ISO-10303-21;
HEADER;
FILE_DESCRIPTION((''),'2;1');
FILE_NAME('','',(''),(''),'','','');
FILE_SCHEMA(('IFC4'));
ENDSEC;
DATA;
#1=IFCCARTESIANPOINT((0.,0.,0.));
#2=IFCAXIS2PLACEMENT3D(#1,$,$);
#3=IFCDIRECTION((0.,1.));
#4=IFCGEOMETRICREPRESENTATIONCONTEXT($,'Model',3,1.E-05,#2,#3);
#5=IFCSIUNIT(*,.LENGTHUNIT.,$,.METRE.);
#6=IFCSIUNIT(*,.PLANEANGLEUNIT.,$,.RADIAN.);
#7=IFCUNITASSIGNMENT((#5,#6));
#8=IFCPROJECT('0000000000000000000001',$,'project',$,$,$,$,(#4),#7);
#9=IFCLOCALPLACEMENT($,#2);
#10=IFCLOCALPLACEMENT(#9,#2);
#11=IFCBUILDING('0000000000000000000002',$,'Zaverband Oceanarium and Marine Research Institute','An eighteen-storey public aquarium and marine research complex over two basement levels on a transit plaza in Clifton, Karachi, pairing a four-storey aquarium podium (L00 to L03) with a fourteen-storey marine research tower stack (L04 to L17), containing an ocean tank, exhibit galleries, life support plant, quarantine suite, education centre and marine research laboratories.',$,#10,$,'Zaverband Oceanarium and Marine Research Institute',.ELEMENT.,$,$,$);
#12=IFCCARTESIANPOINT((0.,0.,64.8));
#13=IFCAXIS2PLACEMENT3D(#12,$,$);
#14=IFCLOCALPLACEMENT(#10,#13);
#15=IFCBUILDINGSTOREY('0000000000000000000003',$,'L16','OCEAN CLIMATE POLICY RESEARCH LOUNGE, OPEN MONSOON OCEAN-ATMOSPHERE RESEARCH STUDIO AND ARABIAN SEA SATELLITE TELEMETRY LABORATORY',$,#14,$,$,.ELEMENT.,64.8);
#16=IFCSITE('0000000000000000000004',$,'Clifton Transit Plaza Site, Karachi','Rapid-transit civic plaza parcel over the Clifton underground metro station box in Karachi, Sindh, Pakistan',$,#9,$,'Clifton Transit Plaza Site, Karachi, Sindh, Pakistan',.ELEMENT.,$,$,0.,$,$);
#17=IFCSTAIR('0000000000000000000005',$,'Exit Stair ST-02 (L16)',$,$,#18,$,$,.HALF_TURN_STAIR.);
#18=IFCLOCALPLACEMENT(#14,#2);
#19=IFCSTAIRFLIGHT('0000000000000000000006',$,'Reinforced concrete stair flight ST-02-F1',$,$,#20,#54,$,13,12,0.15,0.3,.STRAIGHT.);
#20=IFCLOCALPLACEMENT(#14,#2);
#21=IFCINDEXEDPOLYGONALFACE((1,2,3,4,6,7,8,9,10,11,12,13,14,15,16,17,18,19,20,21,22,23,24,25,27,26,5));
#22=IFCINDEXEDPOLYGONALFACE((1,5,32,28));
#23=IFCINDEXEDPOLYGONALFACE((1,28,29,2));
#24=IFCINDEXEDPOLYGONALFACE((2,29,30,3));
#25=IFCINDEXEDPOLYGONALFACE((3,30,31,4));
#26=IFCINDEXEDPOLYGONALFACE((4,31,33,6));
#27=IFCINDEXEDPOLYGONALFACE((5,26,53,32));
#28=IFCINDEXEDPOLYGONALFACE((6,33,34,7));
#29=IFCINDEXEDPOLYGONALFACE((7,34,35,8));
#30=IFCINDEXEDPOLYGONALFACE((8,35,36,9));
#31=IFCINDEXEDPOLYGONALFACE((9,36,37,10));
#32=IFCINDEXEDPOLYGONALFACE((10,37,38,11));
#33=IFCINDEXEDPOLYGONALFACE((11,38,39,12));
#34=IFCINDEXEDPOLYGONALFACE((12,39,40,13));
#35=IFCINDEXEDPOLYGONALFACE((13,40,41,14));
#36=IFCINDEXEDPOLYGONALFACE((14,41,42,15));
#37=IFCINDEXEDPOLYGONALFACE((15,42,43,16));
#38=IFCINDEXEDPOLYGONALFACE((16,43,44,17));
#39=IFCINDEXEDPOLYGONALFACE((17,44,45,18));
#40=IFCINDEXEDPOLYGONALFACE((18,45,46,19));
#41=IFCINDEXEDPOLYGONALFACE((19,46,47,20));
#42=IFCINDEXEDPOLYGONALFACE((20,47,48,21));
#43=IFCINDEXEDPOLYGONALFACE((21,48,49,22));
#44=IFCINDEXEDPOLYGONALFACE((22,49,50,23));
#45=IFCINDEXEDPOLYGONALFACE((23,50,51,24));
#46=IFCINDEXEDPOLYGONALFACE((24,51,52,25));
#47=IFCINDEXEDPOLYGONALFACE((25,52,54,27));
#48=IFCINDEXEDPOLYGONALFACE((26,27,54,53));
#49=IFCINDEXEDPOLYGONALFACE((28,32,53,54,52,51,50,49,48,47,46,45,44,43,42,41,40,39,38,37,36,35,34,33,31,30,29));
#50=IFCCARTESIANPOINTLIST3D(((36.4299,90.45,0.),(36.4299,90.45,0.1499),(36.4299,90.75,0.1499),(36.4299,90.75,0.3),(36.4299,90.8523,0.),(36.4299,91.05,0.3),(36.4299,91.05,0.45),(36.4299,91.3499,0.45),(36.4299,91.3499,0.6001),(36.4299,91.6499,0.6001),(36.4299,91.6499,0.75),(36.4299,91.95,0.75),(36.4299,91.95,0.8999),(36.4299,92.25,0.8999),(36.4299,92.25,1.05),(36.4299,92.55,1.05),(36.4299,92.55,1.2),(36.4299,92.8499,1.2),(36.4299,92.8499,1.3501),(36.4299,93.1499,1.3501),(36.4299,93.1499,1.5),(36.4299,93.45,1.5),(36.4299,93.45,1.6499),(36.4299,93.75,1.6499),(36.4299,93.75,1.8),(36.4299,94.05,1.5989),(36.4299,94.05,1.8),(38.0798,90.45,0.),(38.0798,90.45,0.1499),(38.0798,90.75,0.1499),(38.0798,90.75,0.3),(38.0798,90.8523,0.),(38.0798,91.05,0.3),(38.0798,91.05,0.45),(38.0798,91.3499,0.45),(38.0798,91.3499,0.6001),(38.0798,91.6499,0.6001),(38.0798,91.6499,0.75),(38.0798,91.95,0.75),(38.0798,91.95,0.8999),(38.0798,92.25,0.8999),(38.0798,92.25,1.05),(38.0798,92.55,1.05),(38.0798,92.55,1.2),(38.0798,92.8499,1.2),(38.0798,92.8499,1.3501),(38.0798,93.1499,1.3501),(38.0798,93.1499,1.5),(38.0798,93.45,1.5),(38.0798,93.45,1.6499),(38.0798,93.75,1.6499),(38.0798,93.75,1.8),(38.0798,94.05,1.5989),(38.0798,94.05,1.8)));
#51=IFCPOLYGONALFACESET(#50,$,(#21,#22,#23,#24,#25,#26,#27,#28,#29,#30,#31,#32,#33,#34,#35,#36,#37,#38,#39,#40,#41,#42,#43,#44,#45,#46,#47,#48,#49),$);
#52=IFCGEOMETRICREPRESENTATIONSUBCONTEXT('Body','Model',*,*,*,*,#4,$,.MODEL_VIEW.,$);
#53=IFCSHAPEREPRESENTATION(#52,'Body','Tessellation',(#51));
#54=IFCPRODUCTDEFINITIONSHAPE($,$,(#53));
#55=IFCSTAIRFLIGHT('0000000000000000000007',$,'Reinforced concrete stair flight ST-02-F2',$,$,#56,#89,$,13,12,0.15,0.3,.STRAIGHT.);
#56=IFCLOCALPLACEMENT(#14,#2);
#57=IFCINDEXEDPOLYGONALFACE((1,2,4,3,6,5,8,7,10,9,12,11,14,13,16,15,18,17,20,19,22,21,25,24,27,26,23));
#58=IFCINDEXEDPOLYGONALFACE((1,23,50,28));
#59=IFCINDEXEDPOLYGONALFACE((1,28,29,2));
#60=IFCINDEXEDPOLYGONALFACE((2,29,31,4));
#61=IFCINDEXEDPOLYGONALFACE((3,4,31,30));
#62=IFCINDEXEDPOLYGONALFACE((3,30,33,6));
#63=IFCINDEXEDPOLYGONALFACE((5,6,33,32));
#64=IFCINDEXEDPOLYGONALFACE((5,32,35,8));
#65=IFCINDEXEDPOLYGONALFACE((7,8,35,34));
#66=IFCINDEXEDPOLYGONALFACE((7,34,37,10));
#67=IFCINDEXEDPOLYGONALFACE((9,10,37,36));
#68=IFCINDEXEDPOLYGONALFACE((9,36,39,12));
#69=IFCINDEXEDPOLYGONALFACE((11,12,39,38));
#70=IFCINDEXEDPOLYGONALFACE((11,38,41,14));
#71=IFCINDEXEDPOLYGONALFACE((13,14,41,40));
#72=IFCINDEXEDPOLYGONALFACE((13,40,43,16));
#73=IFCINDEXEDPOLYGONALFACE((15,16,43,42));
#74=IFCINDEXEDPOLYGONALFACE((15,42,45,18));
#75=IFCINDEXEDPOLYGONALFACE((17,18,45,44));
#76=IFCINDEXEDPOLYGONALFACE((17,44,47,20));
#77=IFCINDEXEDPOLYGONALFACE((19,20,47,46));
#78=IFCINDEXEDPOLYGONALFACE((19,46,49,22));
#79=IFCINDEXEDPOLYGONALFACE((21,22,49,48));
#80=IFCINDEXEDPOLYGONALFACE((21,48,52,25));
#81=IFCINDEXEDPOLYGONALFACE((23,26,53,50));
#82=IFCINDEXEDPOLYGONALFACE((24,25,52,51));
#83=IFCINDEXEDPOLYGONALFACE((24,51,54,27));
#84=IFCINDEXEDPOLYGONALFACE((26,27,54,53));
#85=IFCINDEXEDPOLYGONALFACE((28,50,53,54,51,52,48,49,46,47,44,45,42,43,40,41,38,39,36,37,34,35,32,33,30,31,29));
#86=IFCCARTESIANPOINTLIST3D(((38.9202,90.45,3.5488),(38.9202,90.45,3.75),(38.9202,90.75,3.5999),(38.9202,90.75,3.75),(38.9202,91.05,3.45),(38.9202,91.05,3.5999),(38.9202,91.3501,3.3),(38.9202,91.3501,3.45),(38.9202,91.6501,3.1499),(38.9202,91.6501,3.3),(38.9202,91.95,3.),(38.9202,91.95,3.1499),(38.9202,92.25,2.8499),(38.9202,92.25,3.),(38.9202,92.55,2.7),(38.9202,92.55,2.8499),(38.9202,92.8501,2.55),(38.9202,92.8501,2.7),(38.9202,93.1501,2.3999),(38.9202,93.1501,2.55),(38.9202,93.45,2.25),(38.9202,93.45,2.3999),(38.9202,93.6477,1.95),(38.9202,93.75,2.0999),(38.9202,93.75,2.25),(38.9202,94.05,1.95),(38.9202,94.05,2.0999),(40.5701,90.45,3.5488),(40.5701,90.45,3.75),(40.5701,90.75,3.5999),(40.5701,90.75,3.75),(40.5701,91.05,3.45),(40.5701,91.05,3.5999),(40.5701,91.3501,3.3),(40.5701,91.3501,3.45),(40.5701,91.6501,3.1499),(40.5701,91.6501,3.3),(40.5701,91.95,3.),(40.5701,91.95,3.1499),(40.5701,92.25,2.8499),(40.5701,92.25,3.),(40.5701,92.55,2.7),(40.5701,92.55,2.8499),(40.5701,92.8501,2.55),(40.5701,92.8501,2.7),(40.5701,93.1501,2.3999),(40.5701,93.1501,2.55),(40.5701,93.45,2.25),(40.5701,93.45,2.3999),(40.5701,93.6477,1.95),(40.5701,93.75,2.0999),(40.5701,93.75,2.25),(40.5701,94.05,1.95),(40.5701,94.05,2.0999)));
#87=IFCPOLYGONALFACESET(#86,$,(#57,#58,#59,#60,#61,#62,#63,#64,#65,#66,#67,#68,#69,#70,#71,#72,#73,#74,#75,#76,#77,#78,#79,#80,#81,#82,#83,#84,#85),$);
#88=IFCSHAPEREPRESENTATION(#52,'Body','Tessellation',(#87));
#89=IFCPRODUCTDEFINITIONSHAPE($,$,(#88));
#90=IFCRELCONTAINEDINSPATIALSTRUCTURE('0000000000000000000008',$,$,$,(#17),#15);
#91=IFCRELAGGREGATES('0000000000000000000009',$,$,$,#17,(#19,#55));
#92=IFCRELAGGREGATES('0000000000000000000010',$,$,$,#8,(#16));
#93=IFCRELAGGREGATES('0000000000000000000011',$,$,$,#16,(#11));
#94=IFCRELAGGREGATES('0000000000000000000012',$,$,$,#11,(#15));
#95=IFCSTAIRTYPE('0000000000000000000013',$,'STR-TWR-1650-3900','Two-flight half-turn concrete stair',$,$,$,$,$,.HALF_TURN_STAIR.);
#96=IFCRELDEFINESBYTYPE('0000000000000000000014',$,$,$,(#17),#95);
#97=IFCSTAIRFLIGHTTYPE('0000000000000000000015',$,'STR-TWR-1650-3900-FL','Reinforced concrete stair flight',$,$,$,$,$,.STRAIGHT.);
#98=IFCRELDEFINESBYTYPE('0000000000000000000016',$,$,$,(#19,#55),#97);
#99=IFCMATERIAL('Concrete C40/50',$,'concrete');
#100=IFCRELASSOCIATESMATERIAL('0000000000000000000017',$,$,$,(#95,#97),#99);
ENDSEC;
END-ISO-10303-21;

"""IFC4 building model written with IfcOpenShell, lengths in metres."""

from ifc_helpers import new_model, si_unit, direction, frame, origin, place, context, subcontext, project, spatial, polyline, outline, extrude, material, type_object, element, aggregate, save


model = new_model("IFC4")

# Units and contexts
model_context = context("Model", 3, precision=1e-05, world=origin(), true_north=direction((0.0, 1.0)))
body_context = subcontext(model_context, "Body", "Model", "MODEL_VIEW")
ifc_project = project(units=[si_unit("LENGTHUNIT", "METRE"), si_unit("PLANEANGLEUNIT", "RADIAN")], contexts=[model_context])

# Site, building, storey
site_placement = place(None, origin())
site = spatial("IfcSite", under=ifc_project, at=site_placement, Name="Clifton Transit Plaza Site, Karachi", Description="Rapid-transit civic plaza parcel over the Clifton underground metro station box in Karachi, Sindh, Pakistan", LongName="Clifton Transit Plaza Site, Karachi, Sindh, Pakistan", CompositionType="ELEMENT", RefElevation=0.0)
building_placement = place(site_placement, origin())
building = spatial("IfcBuilding", under=site, at=building_placement, Name="Zaverband Oceanarium and Marine Research Institute", Description="An eighteen-storey public aquarium and marine research complex over two basement levels on a transit plaza in Clifton, Karachi, pairing a four-storey aquarium podium (L00 to L03) with a fourteen-storey marine research tower stack (L04 to L17), containing an ocean tank, exhibit galleries, life support plant, quarantine suite, education centre and marine research laboratories.", LongName="Zaverband Oceanarium and Marine Research Institute", CompositionType="ELEMENT")
storey_placement = place(building_placement, frame((0.0, 0.0, 64.8)))
storey = spatial("IfcBuildingStorey", under=building, at=storey_placement, Name="L16", Description="OCEAN CLIMATE POLICY RESEARCH LOUNGE, OPEN MONSOON OCEAN-ATMOSPHERE RESEARCH STUDIO AND ARABIAN SEA SATELLITE TELEMETRY LABORATORY", CompositionType="ELEMENT", Elevation=64.8)

# Shared definitions
ifc_material_1 = material(Name="Concrete C40/50", Category="concrete")

# Stair, stair flights
stair_type = type_object("IfcStairType", Name="STR-TWR-1650-3900", Description="Two-flight half-turn concrete stair", PredefinedType="HALF_TURN_STAIR", material=ifc_material_1)
stair_placement = place(storey_placement, origin())
stair = element("IfcStair", 1, at=stair_placement, inside=storey, type_object=stair_type, Name="Exit Stair ST-02 (L16)", PredefinedType="HALF_TURN_STAIR")
stair_flight_type = type_object("IfcStairFlightType", Name="STR-TWR-1650-3900-FL", Description="Reinforced concrete stair flight", PredefinedType="STRAIGHT", material=ifc_material_1)
stair_flight_1_placement = place(storey_placement, frame((37.2549, 90.45, 0.0), z_axis=(0.0, 0.0, 1.0), x_axis=(0.0, 1.0, 0.0)))
stair_flight_1 = element("IfcStairFlight", 2, at=stair_flight_1_placement, type_object=stair_flight_type, Name="Reinforced concrete stair flight ST-02-F1", NumberOfRisers=13, NumberOfTreads=12, PredefinedType="STRAIGHT", RiserHeight=0.15, TreadLength=0.3, context=body_context, shape_type="SweptSolid", body=[
    extrude(outline(polyline([(0.0, 0.0), (0.0, 0.1499), (0.3, 0.1499), (0.3, 0.3), (0.6001, 0.3), (0.6001, 0.45), (0.8999, 0.45), (0.8999, 0.6001), (1.2, 0.6001), (1.2, 0.75), (1.5, 0.75), (1.5, 0.8999), (1.8, 0.8999), (1.8, 1.05), (2.1001, 1.05), (2.1001, 1.2), (2.3999, 1.2), (2.3999, 1.3501), (2.7, 1.3501), (2.7, 1.5), (3.0, 1.5), (3.0, 1.6499), (3.3, 1.6499), (3.3, 1.8), (3.6001, 1.8), (3.6001, 1.95), (3.6001, 1.5989), (0.4023, 0.0), (0.0, 0.0)])), frame((0.0, 0.825, 0.0), z_axis=(0.0, -1.0, 0.0), x_axis=(1.0, 0.0, 0.0)), (0.0, 0.0, 1.0), 1.6499),
])
stair_flight_2_placement = place(storey_placement, frame((39.7451, 94.05, 1.95), z_axis=(0.0, 0.0, 1.0), x_axis=(0.0, -1.0, 0.0)))
stair_flight_2 = element("IfcStairFlight", 3, at=stair_flight_2_placement, type_object=stair_flight_type, Name="Reinforced concrete stair flight ST-02-F2", NumberOfRisers=13, NumberOfTreads=12, PredefinedType="STRAIGHT", RiserHeight=0.15, TreadLength=0.3, context=body_context, shape_type="SweptSolid", body=[
    extrude(outline(polyline([(0.0, 0.0), (0.0, 0.1499), (0.3, 0.1499), (0.3, 0.3), (0.6001, 0.3), (0.6001, 0.45), (0.8999, 0.45), (0.8999, 0.6001), (1.2, 0.6001), (1.2, 0.75), (1.5, 0.75), (1.5, 0.8999), (1.8, 0.8999), (1.8, 1.05), (2.1001, 1.05), (2.1001, 1.2), (2.3999, 1.2), (2.3999, 1.3501), (2.7, 1.3501), (2.7, 1.5), (3.0, 1.5), (3.0, 1.6499), (3.3, 1.6499), (3.3, 1.8), (3.6001, 1.8), (3.6001, 1.95), (3.6001, 1.5989), (0.4023, 0.0), (0.0, 0.0)])), frame((0.0, 0.825, 0.0), z_axis=(0.0, -1.0, 0.0), x_axis=(1.0, 0.0, 0.0)), (0.0, 0.0, 1.0), 1.6499),
])
aggregate(stair, [stair_flight_1, stair_flight_2])

save(model, "model.ifc")
